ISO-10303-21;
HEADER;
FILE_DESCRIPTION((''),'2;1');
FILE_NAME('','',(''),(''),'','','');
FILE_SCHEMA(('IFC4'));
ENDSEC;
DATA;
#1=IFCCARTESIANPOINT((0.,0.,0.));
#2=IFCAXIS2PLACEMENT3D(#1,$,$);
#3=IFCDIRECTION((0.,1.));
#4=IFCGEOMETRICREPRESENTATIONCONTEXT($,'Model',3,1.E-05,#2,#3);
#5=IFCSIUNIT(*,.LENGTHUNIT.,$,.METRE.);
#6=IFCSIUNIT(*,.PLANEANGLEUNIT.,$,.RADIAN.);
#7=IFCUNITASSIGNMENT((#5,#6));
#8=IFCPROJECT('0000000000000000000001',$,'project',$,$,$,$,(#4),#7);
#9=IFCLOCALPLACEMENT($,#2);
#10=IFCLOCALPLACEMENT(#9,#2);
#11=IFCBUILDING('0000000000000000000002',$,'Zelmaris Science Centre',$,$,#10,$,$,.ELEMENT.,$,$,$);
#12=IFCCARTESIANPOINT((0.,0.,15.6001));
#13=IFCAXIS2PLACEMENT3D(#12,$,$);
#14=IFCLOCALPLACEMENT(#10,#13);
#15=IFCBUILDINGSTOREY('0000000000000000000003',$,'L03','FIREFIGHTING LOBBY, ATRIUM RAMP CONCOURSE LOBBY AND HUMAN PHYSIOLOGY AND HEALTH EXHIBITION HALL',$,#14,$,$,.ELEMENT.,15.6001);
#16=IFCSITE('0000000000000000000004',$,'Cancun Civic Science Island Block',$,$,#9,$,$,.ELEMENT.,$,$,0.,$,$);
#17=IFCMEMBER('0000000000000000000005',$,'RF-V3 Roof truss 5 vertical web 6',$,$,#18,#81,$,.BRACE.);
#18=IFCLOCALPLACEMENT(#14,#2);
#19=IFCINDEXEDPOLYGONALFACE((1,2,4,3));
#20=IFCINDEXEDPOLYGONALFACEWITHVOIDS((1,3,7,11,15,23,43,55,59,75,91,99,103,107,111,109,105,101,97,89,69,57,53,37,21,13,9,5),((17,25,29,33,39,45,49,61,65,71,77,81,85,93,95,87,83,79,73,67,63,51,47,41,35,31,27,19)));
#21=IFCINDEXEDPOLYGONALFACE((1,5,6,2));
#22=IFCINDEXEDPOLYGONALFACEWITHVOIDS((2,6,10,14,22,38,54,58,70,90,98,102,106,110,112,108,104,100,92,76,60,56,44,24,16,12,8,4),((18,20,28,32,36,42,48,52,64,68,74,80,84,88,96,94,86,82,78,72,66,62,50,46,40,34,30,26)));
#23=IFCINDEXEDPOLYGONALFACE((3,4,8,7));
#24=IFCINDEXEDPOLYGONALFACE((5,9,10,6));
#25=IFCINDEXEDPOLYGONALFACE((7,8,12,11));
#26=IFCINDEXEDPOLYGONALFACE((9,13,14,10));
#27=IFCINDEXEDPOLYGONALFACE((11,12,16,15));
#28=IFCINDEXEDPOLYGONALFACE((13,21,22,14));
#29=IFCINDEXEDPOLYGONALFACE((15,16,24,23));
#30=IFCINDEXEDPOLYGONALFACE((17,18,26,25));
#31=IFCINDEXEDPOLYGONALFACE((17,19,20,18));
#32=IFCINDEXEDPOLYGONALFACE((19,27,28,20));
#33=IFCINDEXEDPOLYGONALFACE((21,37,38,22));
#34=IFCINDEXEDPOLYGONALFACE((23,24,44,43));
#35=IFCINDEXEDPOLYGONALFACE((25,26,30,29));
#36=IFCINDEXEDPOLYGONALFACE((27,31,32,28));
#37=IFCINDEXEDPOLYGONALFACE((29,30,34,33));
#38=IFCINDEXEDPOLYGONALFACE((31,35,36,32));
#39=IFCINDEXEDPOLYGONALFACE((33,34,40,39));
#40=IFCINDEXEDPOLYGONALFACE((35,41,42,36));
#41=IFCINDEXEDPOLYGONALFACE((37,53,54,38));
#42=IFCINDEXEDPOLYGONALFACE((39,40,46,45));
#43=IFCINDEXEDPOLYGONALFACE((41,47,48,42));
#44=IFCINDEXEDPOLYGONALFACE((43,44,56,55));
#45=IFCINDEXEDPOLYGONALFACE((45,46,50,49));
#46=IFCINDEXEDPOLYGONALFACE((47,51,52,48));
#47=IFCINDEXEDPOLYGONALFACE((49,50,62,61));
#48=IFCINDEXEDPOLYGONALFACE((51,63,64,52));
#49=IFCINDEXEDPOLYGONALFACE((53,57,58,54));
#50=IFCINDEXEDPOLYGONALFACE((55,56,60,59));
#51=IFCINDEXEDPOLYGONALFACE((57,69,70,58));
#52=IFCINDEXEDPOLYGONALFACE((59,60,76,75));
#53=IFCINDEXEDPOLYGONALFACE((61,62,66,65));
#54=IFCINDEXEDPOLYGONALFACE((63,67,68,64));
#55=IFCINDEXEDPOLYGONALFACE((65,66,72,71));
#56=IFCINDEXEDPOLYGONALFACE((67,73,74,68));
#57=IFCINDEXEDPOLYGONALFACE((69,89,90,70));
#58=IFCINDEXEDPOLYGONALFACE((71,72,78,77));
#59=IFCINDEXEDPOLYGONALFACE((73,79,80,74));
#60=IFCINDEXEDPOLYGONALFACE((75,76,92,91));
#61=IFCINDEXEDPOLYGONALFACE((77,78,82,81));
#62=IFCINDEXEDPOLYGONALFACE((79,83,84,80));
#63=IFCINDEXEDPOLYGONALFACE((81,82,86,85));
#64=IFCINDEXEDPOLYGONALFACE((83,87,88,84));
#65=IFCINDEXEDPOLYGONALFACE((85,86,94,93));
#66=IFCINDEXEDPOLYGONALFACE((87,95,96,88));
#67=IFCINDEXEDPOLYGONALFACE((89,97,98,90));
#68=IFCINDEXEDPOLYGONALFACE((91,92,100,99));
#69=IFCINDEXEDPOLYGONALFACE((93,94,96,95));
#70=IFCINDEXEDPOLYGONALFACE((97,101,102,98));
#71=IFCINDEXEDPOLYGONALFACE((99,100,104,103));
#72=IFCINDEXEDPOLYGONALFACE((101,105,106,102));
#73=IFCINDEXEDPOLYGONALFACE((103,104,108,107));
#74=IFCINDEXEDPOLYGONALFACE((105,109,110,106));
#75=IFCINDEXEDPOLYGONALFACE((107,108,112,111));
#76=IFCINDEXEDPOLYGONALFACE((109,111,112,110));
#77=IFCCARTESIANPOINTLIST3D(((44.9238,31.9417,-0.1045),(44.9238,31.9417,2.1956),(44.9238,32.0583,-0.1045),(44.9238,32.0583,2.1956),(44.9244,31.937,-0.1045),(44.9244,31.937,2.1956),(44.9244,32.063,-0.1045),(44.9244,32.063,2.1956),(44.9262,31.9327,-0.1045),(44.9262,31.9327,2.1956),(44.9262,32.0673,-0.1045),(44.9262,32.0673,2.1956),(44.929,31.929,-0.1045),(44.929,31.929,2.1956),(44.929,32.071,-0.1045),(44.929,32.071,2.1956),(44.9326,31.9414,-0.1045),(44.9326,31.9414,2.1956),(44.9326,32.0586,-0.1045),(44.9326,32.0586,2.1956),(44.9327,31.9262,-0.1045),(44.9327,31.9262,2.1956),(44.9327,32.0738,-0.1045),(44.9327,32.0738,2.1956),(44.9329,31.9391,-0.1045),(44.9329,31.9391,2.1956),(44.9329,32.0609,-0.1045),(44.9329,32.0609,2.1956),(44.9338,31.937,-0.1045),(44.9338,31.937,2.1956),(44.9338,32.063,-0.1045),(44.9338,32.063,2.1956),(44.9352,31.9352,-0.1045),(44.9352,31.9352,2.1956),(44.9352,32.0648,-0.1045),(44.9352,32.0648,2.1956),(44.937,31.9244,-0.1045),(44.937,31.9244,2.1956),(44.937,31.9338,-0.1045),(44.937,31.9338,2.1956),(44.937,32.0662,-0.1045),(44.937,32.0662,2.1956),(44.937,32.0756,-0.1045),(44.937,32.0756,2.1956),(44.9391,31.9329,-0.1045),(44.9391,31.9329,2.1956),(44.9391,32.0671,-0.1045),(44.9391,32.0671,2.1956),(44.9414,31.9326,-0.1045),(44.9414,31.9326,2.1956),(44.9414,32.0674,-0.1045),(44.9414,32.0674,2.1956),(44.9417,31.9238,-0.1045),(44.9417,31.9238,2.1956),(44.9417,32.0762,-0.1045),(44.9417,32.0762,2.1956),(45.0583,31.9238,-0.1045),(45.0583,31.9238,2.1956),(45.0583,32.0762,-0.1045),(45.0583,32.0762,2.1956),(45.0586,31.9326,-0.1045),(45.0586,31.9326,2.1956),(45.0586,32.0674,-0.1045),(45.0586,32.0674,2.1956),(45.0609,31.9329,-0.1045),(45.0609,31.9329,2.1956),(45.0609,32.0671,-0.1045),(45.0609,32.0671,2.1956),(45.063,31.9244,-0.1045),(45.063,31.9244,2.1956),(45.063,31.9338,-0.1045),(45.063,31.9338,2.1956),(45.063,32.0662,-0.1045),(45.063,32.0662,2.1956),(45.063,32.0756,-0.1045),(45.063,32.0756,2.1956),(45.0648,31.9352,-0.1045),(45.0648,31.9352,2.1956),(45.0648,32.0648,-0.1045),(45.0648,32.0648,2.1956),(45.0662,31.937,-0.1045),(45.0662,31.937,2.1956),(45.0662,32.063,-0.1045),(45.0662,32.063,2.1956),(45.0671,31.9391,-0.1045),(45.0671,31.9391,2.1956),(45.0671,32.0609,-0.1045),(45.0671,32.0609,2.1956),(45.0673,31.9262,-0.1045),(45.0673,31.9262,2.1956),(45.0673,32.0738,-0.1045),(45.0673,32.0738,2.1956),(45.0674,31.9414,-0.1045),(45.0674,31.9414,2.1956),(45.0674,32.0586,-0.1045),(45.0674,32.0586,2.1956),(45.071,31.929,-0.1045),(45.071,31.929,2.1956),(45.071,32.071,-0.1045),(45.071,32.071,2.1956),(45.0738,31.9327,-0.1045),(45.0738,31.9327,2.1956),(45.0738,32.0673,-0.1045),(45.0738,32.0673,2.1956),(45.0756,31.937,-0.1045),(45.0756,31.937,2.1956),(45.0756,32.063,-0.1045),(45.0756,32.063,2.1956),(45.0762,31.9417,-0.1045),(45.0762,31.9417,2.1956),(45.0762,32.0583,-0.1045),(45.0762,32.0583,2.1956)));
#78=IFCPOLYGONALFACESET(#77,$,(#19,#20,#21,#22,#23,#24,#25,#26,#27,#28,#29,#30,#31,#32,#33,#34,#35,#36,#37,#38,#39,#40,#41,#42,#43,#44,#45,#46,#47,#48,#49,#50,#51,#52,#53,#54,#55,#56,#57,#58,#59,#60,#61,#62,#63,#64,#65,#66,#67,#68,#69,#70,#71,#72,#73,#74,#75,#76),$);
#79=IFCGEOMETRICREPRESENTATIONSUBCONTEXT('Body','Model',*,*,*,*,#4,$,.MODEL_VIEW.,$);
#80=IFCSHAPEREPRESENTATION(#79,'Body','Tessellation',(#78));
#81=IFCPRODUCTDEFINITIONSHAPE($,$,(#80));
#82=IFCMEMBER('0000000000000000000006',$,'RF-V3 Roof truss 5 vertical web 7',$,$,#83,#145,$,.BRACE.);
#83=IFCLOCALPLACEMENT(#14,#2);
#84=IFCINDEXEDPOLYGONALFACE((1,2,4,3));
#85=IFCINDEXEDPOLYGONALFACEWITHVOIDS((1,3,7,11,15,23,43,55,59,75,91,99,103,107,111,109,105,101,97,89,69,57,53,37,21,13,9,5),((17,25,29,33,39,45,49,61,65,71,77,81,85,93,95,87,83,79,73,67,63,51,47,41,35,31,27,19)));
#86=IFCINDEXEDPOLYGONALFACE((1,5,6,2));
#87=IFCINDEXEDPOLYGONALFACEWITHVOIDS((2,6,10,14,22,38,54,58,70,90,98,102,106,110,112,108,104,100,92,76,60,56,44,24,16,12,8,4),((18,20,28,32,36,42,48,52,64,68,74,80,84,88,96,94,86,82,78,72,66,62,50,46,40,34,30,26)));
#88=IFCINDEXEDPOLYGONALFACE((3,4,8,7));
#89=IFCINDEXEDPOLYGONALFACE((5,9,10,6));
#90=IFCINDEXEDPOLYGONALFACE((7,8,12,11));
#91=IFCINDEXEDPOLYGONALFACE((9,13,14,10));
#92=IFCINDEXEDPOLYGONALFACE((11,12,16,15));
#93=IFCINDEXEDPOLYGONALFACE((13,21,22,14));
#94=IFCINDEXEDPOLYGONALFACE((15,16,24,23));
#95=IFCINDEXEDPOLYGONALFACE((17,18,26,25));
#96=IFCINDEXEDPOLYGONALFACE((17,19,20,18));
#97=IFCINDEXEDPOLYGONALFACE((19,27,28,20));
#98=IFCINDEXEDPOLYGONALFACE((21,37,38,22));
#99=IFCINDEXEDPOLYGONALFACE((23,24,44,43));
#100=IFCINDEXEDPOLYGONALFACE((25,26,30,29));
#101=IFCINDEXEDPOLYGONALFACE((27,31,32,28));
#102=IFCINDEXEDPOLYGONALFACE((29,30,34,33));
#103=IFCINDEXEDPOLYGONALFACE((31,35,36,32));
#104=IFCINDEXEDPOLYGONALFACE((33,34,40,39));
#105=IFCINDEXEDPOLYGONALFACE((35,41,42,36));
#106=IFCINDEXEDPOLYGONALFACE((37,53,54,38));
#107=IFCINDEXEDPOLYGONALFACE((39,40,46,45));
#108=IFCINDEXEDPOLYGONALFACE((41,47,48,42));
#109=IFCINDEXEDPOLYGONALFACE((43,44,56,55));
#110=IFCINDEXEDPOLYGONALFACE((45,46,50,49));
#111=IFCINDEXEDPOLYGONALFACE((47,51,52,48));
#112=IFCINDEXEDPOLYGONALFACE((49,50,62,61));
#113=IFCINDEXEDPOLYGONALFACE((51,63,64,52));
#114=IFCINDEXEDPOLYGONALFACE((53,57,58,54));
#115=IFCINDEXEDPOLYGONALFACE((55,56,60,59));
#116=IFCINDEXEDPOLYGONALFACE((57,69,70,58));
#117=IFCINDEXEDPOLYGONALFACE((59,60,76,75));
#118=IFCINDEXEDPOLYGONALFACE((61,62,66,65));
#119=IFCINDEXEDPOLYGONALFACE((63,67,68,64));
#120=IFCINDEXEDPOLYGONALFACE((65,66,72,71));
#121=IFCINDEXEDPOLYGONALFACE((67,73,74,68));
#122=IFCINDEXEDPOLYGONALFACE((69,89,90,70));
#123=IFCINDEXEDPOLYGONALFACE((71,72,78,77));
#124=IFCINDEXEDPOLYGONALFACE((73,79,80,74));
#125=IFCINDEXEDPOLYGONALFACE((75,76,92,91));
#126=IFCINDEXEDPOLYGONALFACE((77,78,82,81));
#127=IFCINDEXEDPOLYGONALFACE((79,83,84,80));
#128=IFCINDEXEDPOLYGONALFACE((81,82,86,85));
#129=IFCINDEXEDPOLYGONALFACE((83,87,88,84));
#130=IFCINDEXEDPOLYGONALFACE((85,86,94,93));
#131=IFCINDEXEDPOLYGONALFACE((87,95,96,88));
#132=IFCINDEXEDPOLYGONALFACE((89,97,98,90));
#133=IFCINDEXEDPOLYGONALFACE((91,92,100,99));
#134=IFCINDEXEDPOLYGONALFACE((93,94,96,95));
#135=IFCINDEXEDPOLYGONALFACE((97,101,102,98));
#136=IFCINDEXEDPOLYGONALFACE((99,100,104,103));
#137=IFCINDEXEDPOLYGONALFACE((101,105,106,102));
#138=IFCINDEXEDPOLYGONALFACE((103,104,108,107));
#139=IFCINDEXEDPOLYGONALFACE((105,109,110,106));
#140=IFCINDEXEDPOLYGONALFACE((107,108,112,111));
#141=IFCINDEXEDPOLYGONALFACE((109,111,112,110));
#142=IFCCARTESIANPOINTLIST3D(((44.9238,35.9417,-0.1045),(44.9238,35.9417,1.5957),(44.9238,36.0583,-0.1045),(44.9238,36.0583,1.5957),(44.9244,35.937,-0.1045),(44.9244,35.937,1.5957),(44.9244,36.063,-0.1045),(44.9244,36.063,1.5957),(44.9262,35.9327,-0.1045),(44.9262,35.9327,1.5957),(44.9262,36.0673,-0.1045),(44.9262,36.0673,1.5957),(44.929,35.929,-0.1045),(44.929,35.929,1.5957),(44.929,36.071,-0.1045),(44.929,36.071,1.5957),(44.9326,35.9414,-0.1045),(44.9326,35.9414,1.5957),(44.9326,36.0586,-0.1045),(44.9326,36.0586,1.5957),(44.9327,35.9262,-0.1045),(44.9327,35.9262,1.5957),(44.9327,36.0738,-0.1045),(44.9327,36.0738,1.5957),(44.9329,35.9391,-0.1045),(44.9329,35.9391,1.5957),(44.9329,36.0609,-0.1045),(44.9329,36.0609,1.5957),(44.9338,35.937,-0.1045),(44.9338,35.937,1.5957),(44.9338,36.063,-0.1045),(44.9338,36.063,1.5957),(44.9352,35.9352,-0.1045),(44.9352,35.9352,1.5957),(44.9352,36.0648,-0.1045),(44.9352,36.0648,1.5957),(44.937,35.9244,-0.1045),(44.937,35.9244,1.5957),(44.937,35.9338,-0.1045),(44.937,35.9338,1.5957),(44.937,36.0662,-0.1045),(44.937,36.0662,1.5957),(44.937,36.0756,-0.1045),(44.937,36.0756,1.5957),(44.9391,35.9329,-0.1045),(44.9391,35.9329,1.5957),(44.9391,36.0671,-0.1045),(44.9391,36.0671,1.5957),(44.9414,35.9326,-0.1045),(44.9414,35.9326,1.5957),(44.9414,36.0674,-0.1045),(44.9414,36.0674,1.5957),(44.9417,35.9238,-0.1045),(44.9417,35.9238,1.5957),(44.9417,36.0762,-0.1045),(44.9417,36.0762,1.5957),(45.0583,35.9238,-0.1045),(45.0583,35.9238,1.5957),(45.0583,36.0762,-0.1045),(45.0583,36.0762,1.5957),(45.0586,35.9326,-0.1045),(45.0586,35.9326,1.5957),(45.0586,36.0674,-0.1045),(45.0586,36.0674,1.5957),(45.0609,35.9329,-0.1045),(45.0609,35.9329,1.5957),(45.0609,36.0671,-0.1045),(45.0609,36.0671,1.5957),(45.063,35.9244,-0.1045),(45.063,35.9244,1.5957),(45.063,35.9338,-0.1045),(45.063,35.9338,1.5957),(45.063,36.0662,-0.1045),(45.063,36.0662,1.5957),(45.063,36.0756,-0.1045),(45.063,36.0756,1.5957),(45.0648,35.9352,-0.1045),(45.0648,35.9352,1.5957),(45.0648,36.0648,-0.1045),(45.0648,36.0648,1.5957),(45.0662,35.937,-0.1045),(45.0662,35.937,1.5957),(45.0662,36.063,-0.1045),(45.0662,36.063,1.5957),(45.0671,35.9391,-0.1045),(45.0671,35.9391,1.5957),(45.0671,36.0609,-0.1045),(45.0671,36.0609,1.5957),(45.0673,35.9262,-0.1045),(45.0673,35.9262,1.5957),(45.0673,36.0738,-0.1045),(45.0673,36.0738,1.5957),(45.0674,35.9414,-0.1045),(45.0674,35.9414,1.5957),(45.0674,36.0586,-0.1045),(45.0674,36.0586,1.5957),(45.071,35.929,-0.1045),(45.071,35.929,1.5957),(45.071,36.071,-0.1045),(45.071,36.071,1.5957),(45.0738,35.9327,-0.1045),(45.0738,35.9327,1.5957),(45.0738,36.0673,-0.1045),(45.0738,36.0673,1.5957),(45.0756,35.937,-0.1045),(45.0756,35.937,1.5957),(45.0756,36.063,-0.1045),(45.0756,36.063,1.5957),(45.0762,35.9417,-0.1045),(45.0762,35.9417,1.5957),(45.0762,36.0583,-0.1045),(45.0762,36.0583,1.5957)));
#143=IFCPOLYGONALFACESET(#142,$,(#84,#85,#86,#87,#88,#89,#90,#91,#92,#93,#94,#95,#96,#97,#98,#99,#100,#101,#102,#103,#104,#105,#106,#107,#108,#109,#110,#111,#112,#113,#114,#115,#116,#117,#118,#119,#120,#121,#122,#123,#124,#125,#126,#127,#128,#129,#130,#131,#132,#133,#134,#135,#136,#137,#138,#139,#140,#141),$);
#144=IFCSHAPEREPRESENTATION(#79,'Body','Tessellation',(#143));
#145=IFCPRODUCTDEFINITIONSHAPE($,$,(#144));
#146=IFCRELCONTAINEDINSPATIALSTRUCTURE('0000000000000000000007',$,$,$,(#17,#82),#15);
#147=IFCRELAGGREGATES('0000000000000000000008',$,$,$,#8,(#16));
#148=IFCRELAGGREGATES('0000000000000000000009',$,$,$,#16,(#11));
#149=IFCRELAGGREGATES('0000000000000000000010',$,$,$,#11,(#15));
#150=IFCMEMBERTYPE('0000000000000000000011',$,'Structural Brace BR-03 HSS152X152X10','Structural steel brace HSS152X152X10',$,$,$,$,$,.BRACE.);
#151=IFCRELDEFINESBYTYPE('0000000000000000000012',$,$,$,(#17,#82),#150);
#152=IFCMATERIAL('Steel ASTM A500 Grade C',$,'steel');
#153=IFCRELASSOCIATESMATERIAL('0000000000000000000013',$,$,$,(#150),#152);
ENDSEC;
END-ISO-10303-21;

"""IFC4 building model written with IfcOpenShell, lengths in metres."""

from ifc_helpers import new_model, si_unit, direction, frame, origin, origin_2d, place, context, subcontext, project, spatial, hollow_rectangle, extrude, material, material_profile, profile_set, type_object, element, save


model = new_model("IFC4")

# Units and contexts
model_context = context("Model", 3, precision=1e-05, world=origin(), true_north=direction((0.0, 1.0)))
body_context = subcontext(model_context, "Body", "Model", "MODEL_VIEW")
ifc_project = project(units=[si_unit("LENGTHUNIT", "METRE"), si_unit("PLANEANGLEUNIT", "RADIAN")], contexts=[model_context])

# Site, building, storey
site_placement = place(None, origin())
site = spatial("IfcSite", under=ifc_project, at=site_placement, Name="Cancun Civic Science Island Block", CompositionType="ELEMENT", RefElevation=0.0)
building_placement = place(site_placement, origin())
building = spatial("IfcBuilding", under=site, at=building_placement, Name="Zelmaris Science Centre", CompositionType="ELEMENT")
storey_placement = place(building_placement, frame((0.0, 0.0, 15.6001)))
storey = spatial("IfcBuildingStorey", under=building, at=storey_placement, Name="L03", Description="FIREFIGHTING LOBBY, ATRIUM RAMP CONCOURSE LOBBY AND HUMAN PHYSIOLOGY AND HEALTH EXHIBITION HALL", CompositionType="ELEMENT", Elevation=15.6001)

# Shared definitions
ifc_material_1 = material(Name="Steel ASTM A500 Grade C", Category="steel")

# Members
ifc_material_profile_1 = material_profile(ifc_material_1, hollow_rectangle(XDim=0.1523, YDim=0.1523, WallThickness=0.0088, InnerFilletRadius=0.0088, OuterFilletRadius=0.0178, at=origin_2d()), Name="HSS152X152X10")
ifc_profile_set_1 = profile_set([ifc_material_profile_1], Name="Steel ASTM A500 Grade C")
member_type_1 = type_object("IfcMemberType", Name="Structural Brace BR-03 HSS152X152X10", Description="Structural steel brace HSS152X152X10", PredefinedType="BRACE", material=ifc_profile_set_1)
member_1_placement = place(storey_placement, frame((45.0, 32.0, -0.1045), z_axis=(0.0, 0.0, 1.0), x_axis=(1.0, 0.0, 0.0)))
element("IfcMember", 1, at=member_1_placement, inside=storey, type_object=member_type_1, Name="RF-V3 Roof truss 5 vertical web 6", PredefinedType="BRACE", context=body_context, shape_type="SweptSolid", body=[
    extrude(hollow_rectangle(XDim=0.1523, YDim=0.1523, WallThickness=0.0088, InnerFilletRadius=0.0088, OuterFilletRadius=0.0178, at=origin_2d()), origin(), (0.0, 0.0, 1.0), 2.3),
])
member_2_placement = place(storey_placement, frame((45.0, 36.0, -0.1045), z_axis=(0.0, 0.0, 1.0), x_axis=(1.0, 0.0, 0.0)))
element("IfcMember", 2, at=member_2_placement, inside=storey, type_object=member_type_1, Name="RF-V3 Roof truss 5 vertical web 7", PredefinedType="BRACE", context=body_context, shape_type="SweptSolid", body=[
    extrude(hollow_rectangle(XDim=0.1523, YDim=0.1523, WallThickness=0.0088, InnerFilletRadius=0.0088, OuterFilletRadius=0.0178, at=origin_2d()), origin(), (0.0, 0.0, 1.0), 1.7002),
])

save(model, "model.ifc")
